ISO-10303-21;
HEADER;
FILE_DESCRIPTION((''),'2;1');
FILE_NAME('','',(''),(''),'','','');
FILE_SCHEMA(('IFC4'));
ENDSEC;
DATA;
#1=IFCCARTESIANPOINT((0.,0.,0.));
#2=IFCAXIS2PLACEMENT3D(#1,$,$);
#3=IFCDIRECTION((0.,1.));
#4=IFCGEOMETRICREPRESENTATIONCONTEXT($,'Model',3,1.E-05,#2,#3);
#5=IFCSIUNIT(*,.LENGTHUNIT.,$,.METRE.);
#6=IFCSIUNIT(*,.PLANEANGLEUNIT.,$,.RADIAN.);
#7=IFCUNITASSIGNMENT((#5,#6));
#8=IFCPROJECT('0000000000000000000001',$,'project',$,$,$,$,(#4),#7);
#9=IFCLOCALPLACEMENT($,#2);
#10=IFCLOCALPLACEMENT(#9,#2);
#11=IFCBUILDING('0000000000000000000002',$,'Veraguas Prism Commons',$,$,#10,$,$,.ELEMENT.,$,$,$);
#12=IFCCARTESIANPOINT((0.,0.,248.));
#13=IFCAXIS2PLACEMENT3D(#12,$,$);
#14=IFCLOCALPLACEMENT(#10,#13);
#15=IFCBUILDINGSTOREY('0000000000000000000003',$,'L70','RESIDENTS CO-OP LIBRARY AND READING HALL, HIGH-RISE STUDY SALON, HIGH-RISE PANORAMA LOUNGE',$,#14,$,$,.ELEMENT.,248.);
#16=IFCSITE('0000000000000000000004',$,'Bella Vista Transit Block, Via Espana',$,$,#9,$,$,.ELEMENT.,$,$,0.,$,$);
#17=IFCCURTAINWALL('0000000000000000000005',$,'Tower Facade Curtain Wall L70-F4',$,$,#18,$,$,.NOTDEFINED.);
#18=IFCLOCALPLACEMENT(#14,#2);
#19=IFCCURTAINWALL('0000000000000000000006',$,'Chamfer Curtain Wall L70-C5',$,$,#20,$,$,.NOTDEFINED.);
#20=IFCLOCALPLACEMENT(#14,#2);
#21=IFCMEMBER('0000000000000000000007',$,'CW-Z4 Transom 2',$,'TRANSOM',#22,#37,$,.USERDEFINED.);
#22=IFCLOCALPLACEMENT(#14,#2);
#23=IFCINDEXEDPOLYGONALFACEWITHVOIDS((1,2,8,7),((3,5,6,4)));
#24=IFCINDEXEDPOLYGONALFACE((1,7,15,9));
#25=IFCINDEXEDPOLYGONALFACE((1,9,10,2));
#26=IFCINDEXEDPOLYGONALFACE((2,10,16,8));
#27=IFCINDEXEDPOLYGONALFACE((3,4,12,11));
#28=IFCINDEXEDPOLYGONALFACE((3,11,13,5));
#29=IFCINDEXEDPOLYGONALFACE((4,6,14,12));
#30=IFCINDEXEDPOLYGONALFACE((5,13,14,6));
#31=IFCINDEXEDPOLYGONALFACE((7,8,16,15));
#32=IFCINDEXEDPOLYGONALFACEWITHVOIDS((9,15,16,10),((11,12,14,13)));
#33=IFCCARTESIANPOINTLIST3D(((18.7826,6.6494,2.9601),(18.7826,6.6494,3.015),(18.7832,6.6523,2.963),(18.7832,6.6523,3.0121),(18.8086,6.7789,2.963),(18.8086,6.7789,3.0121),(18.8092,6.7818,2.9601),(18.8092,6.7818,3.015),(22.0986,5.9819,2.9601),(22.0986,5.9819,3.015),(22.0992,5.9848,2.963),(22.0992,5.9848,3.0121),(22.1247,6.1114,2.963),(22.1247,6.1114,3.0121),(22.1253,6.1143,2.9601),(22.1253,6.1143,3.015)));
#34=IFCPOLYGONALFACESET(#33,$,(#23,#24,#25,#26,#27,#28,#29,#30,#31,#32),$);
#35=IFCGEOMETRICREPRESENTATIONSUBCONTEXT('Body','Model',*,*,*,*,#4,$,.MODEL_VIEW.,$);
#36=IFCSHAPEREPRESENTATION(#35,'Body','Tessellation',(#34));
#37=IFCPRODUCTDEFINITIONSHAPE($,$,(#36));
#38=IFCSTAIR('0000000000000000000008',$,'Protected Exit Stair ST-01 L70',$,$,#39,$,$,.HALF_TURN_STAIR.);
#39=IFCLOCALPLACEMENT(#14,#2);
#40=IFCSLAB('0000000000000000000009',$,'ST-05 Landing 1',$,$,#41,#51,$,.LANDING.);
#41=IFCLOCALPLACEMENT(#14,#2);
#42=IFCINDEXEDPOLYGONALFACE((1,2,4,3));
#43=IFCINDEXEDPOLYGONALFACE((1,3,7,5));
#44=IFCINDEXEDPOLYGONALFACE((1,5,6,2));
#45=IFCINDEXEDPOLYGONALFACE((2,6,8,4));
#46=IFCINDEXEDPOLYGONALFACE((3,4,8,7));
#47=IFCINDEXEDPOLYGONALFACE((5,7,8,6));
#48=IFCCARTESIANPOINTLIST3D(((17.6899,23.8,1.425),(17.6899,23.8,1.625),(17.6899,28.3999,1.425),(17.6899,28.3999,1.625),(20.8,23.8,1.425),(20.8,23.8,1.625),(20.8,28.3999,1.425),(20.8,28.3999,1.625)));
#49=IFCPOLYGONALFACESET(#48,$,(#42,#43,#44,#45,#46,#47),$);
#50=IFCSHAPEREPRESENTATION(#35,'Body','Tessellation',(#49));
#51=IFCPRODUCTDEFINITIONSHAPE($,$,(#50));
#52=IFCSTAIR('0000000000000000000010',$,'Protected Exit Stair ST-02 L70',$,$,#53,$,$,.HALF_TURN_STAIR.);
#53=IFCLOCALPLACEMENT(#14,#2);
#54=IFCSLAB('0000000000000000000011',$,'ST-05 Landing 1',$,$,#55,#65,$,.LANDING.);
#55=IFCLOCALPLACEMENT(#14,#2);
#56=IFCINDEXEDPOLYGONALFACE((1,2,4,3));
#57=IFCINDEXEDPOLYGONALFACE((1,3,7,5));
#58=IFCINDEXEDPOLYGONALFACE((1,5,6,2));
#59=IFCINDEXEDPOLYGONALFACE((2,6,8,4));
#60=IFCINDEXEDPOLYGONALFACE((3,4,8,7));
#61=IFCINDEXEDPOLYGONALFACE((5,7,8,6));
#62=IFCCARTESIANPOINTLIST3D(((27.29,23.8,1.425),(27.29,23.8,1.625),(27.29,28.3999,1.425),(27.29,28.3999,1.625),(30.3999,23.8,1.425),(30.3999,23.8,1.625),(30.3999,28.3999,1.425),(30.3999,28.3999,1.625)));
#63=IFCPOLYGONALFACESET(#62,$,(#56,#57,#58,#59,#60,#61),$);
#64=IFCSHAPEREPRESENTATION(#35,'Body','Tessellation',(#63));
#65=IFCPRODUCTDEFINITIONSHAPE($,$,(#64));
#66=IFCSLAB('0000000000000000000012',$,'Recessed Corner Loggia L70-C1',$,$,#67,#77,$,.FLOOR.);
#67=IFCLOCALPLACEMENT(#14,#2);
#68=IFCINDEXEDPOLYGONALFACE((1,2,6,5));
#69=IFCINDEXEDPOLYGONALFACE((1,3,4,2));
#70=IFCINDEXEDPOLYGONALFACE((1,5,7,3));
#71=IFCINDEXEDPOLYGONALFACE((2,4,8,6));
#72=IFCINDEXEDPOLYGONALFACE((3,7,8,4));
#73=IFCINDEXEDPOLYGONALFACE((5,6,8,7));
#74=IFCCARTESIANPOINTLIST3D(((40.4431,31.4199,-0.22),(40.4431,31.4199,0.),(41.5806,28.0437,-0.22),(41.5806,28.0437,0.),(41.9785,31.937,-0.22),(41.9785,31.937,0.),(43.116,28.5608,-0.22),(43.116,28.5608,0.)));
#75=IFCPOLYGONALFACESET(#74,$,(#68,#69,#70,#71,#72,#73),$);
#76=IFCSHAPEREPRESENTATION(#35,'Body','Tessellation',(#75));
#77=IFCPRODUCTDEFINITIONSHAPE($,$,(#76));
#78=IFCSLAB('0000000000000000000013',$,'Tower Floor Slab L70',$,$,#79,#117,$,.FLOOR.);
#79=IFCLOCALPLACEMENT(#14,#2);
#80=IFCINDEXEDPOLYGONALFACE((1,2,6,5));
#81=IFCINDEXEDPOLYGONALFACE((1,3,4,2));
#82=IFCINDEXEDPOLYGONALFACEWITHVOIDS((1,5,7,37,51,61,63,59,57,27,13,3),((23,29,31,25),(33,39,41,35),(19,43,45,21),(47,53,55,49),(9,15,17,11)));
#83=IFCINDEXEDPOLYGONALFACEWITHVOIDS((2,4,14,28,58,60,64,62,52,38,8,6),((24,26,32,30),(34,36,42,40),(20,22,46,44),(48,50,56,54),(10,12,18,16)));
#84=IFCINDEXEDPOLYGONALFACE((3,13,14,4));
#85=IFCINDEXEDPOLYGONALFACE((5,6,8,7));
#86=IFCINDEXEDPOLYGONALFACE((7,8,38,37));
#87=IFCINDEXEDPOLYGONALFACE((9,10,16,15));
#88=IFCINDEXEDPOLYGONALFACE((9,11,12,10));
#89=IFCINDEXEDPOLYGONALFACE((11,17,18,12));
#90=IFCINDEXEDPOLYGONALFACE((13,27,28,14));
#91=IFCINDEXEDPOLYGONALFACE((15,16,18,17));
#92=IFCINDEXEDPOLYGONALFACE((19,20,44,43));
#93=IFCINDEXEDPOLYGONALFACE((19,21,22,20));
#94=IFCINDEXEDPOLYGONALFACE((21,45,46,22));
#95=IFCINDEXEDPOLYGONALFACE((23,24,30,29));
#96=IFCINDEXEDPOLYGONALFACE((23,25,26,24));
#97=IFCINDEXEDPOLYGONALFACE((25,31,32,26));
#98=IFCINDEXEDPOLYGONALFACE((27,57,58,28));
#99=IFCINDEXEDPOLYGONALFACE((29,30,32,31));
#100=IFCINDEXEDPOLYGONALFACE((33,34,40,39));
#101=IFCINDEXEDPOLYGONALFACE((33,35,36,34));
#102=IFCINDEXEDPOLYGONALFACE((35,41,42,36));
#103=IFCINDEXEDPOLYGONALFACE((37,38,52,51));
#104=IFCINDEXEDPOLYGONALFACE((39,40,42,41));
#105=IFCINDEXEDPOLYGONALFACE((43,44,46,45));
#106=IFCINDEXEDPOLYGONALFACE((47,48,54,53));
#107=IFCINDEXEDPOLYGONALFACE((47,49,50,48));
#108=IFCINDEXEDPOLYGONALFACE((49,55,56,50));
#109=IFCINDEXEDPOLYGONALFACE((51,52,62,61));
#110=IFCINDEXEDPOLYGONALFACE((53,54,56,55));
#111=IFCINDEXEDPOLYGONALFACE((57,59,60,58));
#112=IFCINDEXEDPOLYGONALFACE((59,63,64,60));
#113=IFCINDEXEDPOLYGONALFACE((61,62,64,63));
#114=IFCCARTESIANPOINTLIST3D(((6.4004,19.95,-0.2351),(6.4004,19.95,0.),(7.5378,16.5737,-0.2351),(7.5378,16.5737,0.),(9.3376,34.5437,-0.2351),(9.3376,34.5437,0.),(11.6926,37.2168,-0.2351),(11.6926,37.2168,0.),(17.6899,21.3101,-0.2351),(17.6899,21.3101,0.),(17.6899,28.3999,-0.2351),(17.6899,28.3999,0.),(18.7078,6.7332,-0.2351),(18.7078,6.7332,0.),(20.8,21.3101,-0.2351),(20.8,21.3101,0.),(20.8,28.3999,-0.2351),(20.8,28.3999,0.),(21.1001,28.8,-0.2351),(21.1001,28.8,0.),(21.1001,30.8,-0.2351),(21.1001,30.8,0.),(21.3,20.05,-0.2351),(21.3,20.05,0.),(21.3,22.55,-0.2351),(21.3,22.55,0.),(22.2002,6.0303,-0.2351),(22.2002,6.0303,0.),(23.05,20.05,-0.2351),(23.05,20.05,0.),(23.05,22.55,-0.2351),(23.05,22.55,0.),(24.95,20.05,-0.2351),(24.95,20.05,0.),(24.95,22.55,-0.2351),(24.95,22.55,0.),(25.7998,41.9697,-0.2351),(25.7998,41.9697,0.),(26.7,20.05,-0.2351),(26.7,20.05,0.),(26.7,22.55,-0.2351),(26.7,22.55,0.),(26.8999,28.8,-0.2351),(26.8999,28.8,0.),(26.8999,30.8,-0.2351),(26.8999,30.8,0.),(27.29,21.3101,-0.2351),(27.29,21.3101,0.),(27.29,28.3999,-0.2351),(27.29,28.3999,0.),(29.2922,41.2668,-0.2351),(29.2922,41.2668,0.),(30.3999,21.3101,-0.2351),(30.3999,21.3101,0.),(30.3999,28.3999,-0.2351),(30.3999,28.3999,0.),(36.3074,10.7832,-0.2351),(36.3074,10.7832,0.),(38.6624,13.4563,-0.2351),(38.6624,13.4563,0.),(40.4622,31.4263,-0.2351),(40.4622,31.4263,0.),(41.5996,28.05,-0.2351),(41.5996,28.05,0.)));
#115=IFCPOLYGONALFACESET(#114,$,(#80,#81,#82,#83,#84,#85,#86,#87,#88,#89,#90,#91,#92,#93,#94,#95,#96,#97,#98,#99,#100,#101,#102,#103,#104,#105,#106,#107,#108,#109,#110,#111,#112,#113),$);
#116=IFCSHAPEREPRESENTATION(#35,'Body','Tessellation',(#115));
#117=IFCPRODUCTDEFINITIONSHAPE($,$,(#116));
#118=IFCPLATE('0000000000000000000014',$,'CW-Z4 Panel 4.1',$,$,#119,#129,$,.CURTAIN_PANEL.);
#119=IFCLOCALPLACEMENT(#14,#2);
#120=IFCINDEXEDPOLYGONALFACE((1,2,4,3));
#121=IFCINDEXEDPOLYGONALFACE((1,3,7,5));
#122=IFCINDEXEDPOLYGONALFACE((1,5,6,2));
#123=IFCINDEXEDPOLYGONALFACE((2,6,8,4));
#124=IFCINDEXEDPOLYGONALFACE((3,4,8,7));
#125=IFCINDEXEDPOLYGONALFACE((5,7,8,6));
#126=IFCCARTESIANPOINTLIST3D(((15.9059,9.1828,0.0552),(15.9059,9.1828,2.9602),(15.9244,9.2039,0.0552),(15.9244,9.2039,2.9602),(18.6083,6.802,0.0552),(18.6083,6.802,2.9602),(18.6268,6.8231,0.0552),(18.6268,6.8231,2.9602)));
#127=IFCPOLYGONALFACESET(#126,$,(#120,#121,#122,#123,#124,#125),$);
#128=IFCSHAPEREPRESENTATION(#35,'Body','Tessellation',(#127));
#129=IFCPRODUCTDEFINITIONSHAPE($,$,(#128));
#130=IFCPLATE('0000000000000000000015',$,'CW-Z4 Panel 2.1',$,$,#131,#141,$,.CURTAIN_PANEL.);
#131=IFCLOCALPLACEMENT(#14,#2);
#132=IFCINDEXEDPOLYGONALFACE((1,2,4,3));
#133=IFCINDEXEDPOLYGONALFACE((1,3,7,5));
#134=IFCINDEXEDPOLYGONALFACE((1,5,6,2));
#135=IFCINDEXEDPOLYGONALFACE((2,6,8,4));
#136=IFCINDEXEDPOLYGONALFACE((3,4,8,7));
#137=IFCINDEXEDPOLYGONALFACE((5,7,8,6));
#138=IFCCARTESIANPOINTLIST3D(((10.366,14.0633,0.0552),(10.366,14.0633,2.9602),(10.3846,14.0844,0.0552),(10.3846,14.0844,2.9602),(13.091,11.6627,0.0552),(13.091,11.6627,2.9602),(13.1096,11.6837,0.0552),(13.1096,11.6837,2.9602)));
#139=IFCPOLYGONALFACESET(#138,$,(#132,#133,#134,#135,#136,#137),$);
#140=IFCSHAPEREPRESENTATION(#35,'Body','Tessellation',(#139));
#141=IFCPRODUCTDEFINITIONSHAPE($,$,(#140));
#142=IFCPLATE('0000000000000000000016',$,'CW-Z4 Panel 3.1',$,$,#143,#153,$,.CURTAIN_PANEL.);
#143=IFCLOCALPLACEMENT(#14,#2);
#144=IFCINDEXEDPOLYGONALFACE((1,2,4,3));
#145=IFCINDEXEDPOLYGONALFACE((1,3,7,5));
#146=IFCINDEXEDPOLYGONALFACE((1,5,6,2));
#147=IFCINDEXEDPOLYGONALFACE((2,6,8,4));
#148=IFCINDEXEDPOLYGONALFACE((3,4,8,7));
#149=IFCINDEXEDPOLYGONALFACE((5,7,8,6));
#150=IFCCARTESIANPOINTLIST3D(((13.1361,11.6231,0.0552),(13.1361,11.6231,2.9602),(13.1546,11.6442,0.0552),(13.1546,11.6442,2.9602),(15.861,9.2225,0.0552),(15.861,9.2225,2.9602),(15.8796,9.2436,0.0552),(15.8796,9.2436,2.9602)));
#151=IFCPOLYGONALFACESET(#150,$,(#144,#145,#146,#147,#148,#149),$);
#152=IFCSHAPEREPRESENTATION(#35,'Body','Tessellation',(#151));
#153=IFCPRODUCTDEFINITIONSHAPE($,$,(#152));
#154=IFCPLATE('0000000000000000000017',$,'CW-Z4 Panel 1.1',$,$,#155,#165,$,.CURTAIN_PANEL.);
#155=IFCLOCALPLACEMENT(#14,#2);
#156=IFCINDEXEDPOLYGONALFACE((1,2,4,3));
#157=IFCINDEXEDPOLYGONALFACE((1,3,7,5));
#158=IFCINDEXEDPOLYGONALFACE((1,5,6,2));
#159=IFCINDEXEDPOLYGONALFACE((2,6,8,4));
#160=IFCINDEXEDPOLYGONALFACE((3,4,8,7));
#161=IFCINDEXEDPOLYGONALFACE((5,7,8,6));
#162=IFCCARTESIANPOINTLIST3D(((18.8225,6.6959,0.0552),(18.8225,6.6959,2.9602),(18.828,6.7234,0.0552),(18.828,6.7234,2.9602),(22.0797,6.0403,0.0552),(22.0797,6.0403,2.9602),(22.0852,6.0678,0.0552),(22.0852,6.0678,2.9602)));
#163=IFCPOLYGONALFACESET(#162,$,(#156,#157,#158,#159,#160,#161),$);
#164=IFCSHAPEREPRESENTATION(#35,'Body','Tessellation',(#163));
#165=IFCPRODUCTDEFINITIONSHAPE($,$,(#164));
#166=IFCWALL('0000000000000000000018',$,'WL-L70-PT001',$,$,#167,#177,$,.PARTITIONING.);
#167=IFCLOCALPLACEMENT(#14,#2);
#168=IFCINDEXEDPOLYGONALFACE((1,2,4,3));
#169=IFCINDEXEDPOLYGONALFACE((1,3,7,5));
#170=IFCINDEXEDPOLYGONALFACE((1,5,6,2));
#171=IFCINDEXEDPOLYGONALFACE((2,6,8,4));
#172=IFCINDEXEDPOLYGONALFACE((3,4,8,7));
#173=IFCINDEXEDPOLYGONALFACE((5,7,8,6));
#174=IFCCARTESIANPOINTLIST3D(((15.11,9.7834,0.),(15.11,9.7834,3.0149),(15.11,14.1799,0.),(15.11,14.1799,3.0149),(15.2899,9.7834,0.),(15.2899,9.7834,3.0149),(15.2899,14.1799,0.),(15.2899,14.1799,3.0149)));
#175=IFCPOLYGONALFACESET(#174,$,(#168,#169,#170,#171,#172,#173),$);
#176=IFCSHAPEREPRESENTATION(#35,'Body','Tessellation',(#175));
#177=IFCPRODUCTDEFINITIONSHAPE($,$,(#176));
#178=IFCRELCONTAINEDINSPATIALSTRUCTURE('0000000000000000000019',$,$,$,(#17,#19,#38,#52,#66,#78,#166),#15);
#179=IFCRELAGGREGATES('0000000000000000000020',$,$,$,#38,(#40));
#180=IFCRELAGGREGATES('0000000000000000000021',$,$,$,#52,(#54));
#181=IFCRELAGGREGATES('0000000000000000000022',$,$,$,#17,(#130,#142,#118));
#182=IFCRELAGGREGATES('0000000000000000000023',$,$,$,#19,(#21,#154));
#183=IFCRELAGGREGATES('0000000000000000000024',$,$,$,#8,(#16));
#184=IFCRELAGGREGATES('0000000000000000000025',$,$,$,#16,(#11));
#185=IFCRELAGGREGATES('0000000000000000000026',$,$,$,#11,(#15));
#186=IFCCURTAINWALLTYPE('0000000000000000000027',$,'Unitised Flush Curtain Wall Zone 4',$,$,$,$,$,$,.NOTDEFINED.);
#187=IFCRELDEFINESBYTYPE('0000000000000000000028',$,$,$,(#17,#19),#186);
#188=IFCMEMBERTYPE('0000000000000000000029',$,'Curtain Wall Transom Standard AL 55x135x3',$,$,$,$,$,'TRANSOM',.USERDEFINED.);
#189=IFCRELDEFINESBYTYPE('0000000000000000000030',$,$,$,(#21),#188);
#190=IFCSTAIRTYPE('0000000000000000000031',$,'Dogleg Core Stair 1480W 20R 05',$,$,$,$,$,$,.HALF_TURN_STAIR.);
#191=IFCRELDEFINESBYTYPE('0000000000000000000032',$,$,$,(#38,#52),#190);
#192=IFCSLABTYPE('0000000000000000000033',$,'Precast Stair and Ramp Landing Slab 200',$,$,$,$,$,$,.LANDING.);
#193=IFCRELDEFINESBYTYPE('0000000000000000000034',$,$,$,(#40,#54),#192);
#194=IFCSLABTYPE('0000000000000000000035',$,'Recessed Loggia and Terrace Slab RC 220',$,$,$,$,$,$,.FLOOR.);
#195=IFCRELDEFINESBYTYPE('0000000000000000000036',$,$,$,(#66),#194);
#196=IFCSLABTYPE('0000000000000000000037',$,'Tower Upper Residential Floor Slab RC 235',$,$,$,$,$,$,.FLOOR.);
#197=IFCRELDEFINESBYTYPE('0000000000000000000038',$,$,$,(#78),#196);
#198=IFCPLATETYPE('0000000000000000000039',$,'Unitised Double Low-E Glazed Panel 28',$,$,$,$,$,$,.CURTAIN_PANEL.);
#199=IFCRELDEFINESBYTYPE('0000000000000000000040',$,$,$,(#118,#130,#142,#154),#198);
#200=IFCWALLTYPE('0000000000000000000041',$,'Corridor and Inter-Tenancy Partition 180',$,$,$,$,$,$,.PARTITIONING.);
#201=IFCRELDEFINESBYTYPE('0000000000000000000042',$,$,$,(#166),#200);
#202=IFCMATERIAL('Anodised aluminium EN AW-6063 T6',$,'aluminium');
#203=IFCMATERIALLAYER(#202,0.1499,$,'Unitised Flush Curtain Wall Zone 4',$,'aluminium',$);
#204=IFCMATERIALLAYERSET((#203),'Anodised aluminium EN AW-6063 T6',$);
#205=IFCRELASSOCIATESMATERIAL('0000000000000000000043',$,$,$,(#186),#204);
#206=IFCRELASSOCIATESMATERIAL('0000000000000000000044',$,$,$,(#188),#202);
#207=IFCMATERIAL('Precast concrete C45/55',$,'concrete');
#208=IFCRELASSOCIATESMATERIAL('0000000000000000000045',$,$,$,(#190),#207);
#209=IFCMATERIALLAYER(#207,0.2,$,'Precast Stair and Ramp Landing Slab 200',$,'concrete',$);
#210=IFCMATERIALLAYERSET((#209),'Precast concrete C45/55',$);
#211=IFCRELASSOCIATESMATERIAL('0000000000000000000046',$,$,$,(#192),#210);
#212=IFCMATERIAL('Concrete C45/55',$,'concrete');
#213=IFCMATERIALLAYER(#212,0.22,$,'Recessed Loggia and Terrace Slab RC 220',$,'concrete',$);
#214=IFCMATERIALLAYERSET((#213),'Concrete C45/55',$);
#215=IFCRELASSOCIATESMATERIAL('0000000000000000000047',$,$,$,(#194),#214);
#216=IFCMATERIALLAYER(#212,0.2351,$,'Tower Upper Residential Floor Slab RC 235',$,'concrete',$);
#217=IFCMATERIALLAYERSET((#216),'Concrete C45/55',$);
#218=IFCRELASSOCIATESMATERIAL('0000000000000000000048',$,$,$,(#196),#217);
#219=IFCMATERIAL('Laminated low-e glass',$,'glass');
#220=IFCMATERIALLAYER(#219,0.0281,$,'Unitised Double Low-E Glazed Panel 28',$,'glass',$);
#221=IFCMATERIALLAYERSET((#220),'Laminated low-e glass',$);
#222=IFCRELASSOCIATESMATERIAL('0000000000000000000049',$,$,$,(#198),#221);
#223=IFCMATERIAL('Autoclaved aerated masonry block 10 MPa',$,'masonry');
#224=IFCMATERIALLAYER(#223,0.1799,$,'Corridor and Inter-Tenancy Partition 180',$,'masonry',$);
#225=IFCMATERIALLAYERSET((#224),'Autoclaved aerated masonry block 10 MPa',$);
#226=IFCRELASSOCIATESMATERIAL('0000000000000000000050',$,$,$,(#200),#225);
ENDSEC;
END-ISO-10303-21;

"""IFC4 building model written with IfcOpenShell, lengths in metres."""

from ifc_helpers import new_model, si_unit, direction, frame, frame_2d, origin, origin_2d, place, context, subcontext, project, spatial, polyline, rectangle, hollow_rectangle, outline, extrude, source, transform, mapped, material, layer, layer_set, material_profile, profile_set, type_object, element, aggregate, save


model = new_model("IFC4")

# Units and contexts
model_context = context("Model", 3, precision=1e-05, world=origin(), true_north=direction((0.0, 1.0)))
body_context = subcontext(model_context, "Body", "Model", "MODEL_VIEW")
ifc_project = project(units=[si_unit("LENGTHUNIT", "METRE"), si_unit("PLANEANGLEUNIT", "RADIAN")], contexts=[model_context])

# Site, building, storey
site_placement = place(None, origin())
site = spatial("IfcSite", under=ifc_project, at=site_placement, Name="Bella Vista Transit Block, Via Espana", CompositionType="ELEMENT", RefElevation=0.0)
building_placement = place(site_placement, origin())
building = spatial("IfcBuilding", under=site, at=building_placement, Name="Veraguas Prism Commons", CompositionType="ELEMENT")
storey_placement = place(building_placement, frame((0.0, 0.0, 248.0)))
storey = spatial("IfcBuildingStorey", under=building, at=storey_placement, Name="L70", Description="RESIDENTS CO-OP LIBRARY AND READING HALL, HIGH-RISE STUDY SALON, HIGH-RISE PANORAMA LOUNGE", CompositionType="ELEMENT", Elevation=248.0)

# Curtain walls, member
ifc_material_1 = material(Name="Anodised aluminium EN AW-6063 T6", Category="aluminium")
ifc_layer_1 = layer(ifc_material_1, 0.1499, Name="Unitised Flush Curtain Wall Zone 4", Category="aluminium")
ifc_layer_set_1 = layer_set([ifc_layer_1], Name="Anodised aluminium EN AW-6063 T6")
curtain_wall_type = type_object("IfcCurtainWallType", Name="Unitised Flush Curtain Wall Zone 4", PredefinedType="NOTDEFINED", material=ifc_layer_set_1)
curtain_wall_1_placement = place(storey_placement, origin())
curtain_wall_1 = element("IfcCurtainWall", 1, at=curtain_wall_1_placement, inside=storey, type_object=curtain_wall_type, Name="Tower Facade Curtain Wall L70-F4", PredefinedType="NOTDEFINED")
curtain_wall_2_placement = place(storey_placement, origin())
curtain_wall_2 = element("IfcCurtainWall", 2, at=curtain_wall_2_placement, inside=storey, type_object=curtain_wall_type, Name="Chamfer Curtain Wall L70-C5", PredefinedType="NOTDEFINED")
ifc_material_profile_1 = material_profile(ifc_material_1, hollow_rectangle(XDim=0.0549, YDim=0.135, WallThickness=0.0029, at=origin_2d()), Name="AL55X135X3")
ifc_profile_set_1 = profile_set([ifc_material_profile_1], Name="Anodised aluminium EN AW-6063 T6")
member_type_1 = type_object("IfcMemberType", Name="Curtain Wall Transom Standard AL 55x135x3", ElementType="TRANSOM", PredefinedType="USERDEFINED", material=ifc_profile_set_1)
shared_shape_1 = source(origin(), body_context, "Body", "SweptSolid", [
    extrude(hollow_rectangle(XDim=0.0549, YDim=0.135, WallThickness=0.0029, at=origin_2d()), origin(), (0.0, 0.0, 1.0), 3.3826),
])
member_1_placement = place(storey_placement, frame((18.7959, 6.7156, 2.9875), z_axis=(0.980338, -0.197324, 0.0), x_axis=(0.0, 0.0, 1.0)))
member_1 = element("IfcMember", 3, at=member_1_placement, type_object=member_type_1, Name="CW-Z4 Transom 2", ObjectType="TRANSOM", PredefinedType="USERDEFINED", context=body_context, shape_type="MappedRepresentation", body=[
    mapped(shared_shape_1, transform((0.0, 0.0, 0.0), scale=1.0)),
])

# Stairs, slabs
ifc_material_2 = material(Name="Precast concrete C45/55", Category="concrete")
stair_type = type_object("IfcStairType", Name="Dogleg Core Stair 1480W 20R 05", PredefinedType="HALF_TURN_STAIR", material=ifc_material_2)
stair_1_placement = place(storey_placement, origin())
stair_1 = element("IfcStair", 4, at=stair_1_placement, inside=storey, type_object=stair_type, Name="Protected Exit Stair ST-01 L70", PredefinedType="HALF_TURN_STAIR")
ifc_layer_2 = layer(ifc_material_2, 0.2, Name="Precast Stair and Ramp Landing Slab 200", Category="concrete")
ifc_layer_set_2 = layer_set([ifc_layer_2], Name="Precast concrete C45/55")
slab_type_1 = type_object("IfcSlabType", Name="Precast Stair and Ramp Landing Slab 200", PredefinedType="LANDING", material=ifc_layer_set_2)
slab_1_placement = place(storey_placement, frame((0.0, 0.0, 1.425)))
slab_1 = element("IfcSlab", 5, at=slab_1_placement, type_object=slab_type_1, Name="ST-05 Landing 1", PredefinedType="LANDING", context=body_context, shape_type="SweptSolid", body=[
    extrude(outline(polyline([(20.8, 23.8), (20.8, 28.3999), (17.6899, 28.3999), (17.6899, 23.8), (20.8, 23.8)])), origin(), (0.0, 0.0, 1.0), 0.2),
])
aggregate(stair_1, [slab_1])
stair_2_placement = place(storey_placement, origin())
stair_2 = element("IfcStair", 6, at=stair_2_placement, inside=storey, type_object=stair_type, Name="Protected Exit Stair ST-02 L70", PredefinedType="HALF_TURN_STAIR")
slab_2_placement = place(storey_placement, frame((0.0, 0.0, 1.425)))
slab_2 = element("IfcSlab", 7, at=slab_2_placement, type_object=slab_type_1, Name="ST-05 Landing 1", PredefinedType="LANDING", context=body_context, shape_type="SweptSolid", body=[
    extrude(outline(polyline([(30.3999, 23.8), (30.3999, 28.3999), (27.29, 28.3999), (27.29, 23.8), (30.3999, 23.8)])), origin(), (0.0, 0.0, 1.0), 0.2),
])
aggregate(stair_2, [slab_2])

# Slabs
ifc_material_3 = material(Name="Concrete C45/55", Category="concrete")
ifc_layer_3 = layer(ifc_material_3, 0.22, Name="Recessed Loggia and Terrace Slab RC 220", Category="concrete")
ifc_layer_set_3 = layer_set([ifc_layer_3], Name="Concrete C45/55")
slab_type_2 = type_object("IfcSlabType", Name="Recessed Loggia and Terrace Slab RC 220", PredefinedType="FLOOR", material=ifc_layer_set_3)
slab_3_placement = place(storey_placement, frame((0.0, 0.0, -0.22)))
element("IfcSlab", 8, at=slab_3_placement, inside=storey, type_object=slab_type_2, Name="Recessed Corner Loggia L70-C1", PredefinedType="FLOOR", context=body_context, shape_type="SweptSolid", body=[
    extrude(outline(polyline([(41.5806, 28.0437), (43.116, 28.5608), (41.9785, 31.937), (40.4431, 31.4199), (41.5806, 28.0437)])), origin(), (0.0, 0.0, 1.0), 0.22),
])
ifc_layer_4 = layer(ifc_material_3, 0.2351, Name="Tower Upper Residential Floor Slab RC 235", Category="concrete")
ifc_layer_set_4 = layer_set([ifc_layer_4], Name="Concrete C45/55")
slab_type_3 = type_object("IfcSlabType", Name="Tower Upper Residential Floor Slab RC 235", PredefinedType="FLOOR", material=ifc_layer_set_4)
slab_4_placement = place(storey_placement, frame((0.0, 0.0, -0.2351)))
element("IfcSlab", 9, at=slab_4_placement, inside=storey, type_object=slab_type_3, Name="Tower Floor Slab L70", PredefinedType="FLOOR", context=body_context, shape_type="SweptSolid", body=[
    extrude(outline(polyline([(41.5996, 28.05), (40.4622, 31.4263), (29.2922, 41.2668), (25.7998, 41.9697), (11.6926, 37.2168), (9.3376, 34.5437), (6.4004, 19.95), (7.5378, 16.5737), (18.7078, 6.7332), (22.2002, 6.0303), (36.3074, 10.7832), (38.6624, 13.4563), (41.5996, 28.05)]), holes=[polyline([(20.8, 21.3101), (20.8, 28.3999), (17.6899, 28.3999), (17.6899, 21.3101), (20.8, 21.3101)]), polyline([(30.3999, 21.3101), (30.3999, 28.3999), (27.29, 28.3999), (27.29, 21.3101), (30.3999, 21.3101)]), polyline([(21.1001, 28.8), (26.8999, 28.8), (26.8999, 30.8), (21.1001, 30.8), (21.1001, 28.8)]), polyline([(21.3, 20.05), (23.05, 20.05), (23.05, 22.55), (21.3, 22.55), (21.3, 20.05)]), polyline([(24.95, 20.05), (26.7, 20.05), (26.7, 22.55), (24.95, 22.55), (24.95, 20.05)])]), origin(), (0.0, 0.0, 1.0), 0.2351),
])

# Plates
ifc_material_4 = material(Name="Laminated low-e glass", Category="glass")
ifc_layer_5 = layer(ifc_material_4, 0.0281, Name="Unitised Double Low-E Glazed Panel 28", Category="glass")
ifc_layer_set_5 = layer_set([ifc_layer_5], Name="Laminated low-e glass")
plate_type = type_object("IfcPlateType", Name="Unitised Double Low-E Glazed Panel 28", PredefinedType="CURTAIN_PANEL", material=ifc_layer_set_5)
shared_shape_2 = source(origin(), body_context, "Body", "SweptSolid", [
    extrude(rectangle(XDim=3.6016, YDim=0.0281, at=origin_2d()), origin(), (0.0, 0.0, 1.0), 2.905),
])
plate_1_placement = place(storey_placement, frame((17.2664, 8.0029, 0.0552), z_axis=(0.0, 0.0, 1.0), x_axis=(0.750348, -0.661043, 0.0)))
plate_1 = element("IfcPlate", 10, at=plate_1_placement, type_object=plate_type, Name="CW-Z4 Panel 4.1", PredefinedType="CURTAIN_PANEL", context=body_context, shape_type="MappedRepresentation", body=[
    mapped(shared_shape_2, transform((0.0, 0.0, 0.0), scale=1.0)),
])
shared_shape_3 = source(origin(), body_context, "Body", "SweptSolid", [
    extrude(rectangle(XDim=3.6316, YDim=0.0281, at=origin_2d()), origin(), (0.0, 0.0, 1.0), 2.905),
])
plate_2_placement = place(storey_placement, frame((11.7378, 12.8735, 0.0552), z_axis=(0.0, 0.0, 1.0), x_axis=(0.750348, -0.661043, 0.0)))
plate_2 = element("IfcPlate", 11, at=plate_2_placement, type_object=plate_type, Name="CW-Z4 Panel 2.1", PredefinedType="CURTAIN_PANEL", context=body_context, shape_type="MappedRepresentation", body=[
    mapped(shared_shape_3, transform((0.0, 0.0, 0.0), scale=1.0)),
])
plate_3_placement = place(storey_placement, frame((14.5078, 10.4333, 0.0552), z_axis=(0.0, 0.0, 1.0), x_axis=(0.750348, -0.661043, 0.0)))
plate_3 = element("IfcPlate", 12, at=plate_3_placement, type_object=plate_type, Name="CW-Z4 Panel 3.1", PredefinedType="CURTAIN_PANEL", context=body_context, shape_type="MappedRepresentation", body=[
    mapped(shared_shape_3, transform((0.0, 0.0, 0.0), scale=1.0)),
])
aggregate(curtain_wall_1, [plate_2, plate_3, plate_1])
shared_shape_4 = source(origin(), body_context, "Body", "SweptSolid", [
    extrude(rectangle(XDim=3.3225, YDim=0.0281, at=origin_2d()), origin(), (0.0, 0.0, 1.0), 2.905),
])
plate_4_placement = place(storey_placement, frame((20.4539, 6.3818, 0.0552), z_axis=(0.0, 0.0, 1.0), x_axis=(0.980339, -0.197322, 0.0)))
plate_4 = element("IfcPlate", 13, at=plate_4_placement, type_object=plate_type, Name="CW-Z4 Panel 1.1", PredefinedType="CURTAIN_PANEL", context=body_context, shape_type="MappedRepresentation", body=[
    mapped(shared_shape_4, transform((0.0, 0.0, 0.0), scale=1.0)),
])
aggregate(curtain_wall_2, [member_1, plate_4])

# Wall
ifc_material_5 = material(Name="Autoclaved aerated masonry block 10 MPa", Category="masonry")
ifc_layer_6 = layer(ifc_material_5, 0.1799, Name="Corridor and Inter-Tenancy Partition 180", Category="masonry")
ifc_layer_set_6 = layer_set([ifc_layer_6], Name="Autoclaved aerated masonry block 10 MPa")
wall_type = type_object("IfcWallType", Name="Corridor and Inter-Tenancy Partition 180", PredefinedType="PARTITIONING", material=ifc_layer_set_6)
wall_placement = place(storey_placement, frame((15.2, 14.1799, 0.0), z_axis=(0.0, 0.0, 1.0), x_axis=(0.0, -1.0, 0.0)))
element("IfcWall", 14, at=wall_placement, inside=storey, type_object=wall_type, Name="WL-L70-PT001", PredefinedType="PARTITIONING", context=body_context, shape_type="SweptSolid", body=[
    extrude(rectangle(XDim=4.3965, YDim=0.1799, at=frame_2d((2.1982, 0.0))), origin(), (0.0, 0.0, 1.0), 3.0149),
])

save(model, "model.ifc")
